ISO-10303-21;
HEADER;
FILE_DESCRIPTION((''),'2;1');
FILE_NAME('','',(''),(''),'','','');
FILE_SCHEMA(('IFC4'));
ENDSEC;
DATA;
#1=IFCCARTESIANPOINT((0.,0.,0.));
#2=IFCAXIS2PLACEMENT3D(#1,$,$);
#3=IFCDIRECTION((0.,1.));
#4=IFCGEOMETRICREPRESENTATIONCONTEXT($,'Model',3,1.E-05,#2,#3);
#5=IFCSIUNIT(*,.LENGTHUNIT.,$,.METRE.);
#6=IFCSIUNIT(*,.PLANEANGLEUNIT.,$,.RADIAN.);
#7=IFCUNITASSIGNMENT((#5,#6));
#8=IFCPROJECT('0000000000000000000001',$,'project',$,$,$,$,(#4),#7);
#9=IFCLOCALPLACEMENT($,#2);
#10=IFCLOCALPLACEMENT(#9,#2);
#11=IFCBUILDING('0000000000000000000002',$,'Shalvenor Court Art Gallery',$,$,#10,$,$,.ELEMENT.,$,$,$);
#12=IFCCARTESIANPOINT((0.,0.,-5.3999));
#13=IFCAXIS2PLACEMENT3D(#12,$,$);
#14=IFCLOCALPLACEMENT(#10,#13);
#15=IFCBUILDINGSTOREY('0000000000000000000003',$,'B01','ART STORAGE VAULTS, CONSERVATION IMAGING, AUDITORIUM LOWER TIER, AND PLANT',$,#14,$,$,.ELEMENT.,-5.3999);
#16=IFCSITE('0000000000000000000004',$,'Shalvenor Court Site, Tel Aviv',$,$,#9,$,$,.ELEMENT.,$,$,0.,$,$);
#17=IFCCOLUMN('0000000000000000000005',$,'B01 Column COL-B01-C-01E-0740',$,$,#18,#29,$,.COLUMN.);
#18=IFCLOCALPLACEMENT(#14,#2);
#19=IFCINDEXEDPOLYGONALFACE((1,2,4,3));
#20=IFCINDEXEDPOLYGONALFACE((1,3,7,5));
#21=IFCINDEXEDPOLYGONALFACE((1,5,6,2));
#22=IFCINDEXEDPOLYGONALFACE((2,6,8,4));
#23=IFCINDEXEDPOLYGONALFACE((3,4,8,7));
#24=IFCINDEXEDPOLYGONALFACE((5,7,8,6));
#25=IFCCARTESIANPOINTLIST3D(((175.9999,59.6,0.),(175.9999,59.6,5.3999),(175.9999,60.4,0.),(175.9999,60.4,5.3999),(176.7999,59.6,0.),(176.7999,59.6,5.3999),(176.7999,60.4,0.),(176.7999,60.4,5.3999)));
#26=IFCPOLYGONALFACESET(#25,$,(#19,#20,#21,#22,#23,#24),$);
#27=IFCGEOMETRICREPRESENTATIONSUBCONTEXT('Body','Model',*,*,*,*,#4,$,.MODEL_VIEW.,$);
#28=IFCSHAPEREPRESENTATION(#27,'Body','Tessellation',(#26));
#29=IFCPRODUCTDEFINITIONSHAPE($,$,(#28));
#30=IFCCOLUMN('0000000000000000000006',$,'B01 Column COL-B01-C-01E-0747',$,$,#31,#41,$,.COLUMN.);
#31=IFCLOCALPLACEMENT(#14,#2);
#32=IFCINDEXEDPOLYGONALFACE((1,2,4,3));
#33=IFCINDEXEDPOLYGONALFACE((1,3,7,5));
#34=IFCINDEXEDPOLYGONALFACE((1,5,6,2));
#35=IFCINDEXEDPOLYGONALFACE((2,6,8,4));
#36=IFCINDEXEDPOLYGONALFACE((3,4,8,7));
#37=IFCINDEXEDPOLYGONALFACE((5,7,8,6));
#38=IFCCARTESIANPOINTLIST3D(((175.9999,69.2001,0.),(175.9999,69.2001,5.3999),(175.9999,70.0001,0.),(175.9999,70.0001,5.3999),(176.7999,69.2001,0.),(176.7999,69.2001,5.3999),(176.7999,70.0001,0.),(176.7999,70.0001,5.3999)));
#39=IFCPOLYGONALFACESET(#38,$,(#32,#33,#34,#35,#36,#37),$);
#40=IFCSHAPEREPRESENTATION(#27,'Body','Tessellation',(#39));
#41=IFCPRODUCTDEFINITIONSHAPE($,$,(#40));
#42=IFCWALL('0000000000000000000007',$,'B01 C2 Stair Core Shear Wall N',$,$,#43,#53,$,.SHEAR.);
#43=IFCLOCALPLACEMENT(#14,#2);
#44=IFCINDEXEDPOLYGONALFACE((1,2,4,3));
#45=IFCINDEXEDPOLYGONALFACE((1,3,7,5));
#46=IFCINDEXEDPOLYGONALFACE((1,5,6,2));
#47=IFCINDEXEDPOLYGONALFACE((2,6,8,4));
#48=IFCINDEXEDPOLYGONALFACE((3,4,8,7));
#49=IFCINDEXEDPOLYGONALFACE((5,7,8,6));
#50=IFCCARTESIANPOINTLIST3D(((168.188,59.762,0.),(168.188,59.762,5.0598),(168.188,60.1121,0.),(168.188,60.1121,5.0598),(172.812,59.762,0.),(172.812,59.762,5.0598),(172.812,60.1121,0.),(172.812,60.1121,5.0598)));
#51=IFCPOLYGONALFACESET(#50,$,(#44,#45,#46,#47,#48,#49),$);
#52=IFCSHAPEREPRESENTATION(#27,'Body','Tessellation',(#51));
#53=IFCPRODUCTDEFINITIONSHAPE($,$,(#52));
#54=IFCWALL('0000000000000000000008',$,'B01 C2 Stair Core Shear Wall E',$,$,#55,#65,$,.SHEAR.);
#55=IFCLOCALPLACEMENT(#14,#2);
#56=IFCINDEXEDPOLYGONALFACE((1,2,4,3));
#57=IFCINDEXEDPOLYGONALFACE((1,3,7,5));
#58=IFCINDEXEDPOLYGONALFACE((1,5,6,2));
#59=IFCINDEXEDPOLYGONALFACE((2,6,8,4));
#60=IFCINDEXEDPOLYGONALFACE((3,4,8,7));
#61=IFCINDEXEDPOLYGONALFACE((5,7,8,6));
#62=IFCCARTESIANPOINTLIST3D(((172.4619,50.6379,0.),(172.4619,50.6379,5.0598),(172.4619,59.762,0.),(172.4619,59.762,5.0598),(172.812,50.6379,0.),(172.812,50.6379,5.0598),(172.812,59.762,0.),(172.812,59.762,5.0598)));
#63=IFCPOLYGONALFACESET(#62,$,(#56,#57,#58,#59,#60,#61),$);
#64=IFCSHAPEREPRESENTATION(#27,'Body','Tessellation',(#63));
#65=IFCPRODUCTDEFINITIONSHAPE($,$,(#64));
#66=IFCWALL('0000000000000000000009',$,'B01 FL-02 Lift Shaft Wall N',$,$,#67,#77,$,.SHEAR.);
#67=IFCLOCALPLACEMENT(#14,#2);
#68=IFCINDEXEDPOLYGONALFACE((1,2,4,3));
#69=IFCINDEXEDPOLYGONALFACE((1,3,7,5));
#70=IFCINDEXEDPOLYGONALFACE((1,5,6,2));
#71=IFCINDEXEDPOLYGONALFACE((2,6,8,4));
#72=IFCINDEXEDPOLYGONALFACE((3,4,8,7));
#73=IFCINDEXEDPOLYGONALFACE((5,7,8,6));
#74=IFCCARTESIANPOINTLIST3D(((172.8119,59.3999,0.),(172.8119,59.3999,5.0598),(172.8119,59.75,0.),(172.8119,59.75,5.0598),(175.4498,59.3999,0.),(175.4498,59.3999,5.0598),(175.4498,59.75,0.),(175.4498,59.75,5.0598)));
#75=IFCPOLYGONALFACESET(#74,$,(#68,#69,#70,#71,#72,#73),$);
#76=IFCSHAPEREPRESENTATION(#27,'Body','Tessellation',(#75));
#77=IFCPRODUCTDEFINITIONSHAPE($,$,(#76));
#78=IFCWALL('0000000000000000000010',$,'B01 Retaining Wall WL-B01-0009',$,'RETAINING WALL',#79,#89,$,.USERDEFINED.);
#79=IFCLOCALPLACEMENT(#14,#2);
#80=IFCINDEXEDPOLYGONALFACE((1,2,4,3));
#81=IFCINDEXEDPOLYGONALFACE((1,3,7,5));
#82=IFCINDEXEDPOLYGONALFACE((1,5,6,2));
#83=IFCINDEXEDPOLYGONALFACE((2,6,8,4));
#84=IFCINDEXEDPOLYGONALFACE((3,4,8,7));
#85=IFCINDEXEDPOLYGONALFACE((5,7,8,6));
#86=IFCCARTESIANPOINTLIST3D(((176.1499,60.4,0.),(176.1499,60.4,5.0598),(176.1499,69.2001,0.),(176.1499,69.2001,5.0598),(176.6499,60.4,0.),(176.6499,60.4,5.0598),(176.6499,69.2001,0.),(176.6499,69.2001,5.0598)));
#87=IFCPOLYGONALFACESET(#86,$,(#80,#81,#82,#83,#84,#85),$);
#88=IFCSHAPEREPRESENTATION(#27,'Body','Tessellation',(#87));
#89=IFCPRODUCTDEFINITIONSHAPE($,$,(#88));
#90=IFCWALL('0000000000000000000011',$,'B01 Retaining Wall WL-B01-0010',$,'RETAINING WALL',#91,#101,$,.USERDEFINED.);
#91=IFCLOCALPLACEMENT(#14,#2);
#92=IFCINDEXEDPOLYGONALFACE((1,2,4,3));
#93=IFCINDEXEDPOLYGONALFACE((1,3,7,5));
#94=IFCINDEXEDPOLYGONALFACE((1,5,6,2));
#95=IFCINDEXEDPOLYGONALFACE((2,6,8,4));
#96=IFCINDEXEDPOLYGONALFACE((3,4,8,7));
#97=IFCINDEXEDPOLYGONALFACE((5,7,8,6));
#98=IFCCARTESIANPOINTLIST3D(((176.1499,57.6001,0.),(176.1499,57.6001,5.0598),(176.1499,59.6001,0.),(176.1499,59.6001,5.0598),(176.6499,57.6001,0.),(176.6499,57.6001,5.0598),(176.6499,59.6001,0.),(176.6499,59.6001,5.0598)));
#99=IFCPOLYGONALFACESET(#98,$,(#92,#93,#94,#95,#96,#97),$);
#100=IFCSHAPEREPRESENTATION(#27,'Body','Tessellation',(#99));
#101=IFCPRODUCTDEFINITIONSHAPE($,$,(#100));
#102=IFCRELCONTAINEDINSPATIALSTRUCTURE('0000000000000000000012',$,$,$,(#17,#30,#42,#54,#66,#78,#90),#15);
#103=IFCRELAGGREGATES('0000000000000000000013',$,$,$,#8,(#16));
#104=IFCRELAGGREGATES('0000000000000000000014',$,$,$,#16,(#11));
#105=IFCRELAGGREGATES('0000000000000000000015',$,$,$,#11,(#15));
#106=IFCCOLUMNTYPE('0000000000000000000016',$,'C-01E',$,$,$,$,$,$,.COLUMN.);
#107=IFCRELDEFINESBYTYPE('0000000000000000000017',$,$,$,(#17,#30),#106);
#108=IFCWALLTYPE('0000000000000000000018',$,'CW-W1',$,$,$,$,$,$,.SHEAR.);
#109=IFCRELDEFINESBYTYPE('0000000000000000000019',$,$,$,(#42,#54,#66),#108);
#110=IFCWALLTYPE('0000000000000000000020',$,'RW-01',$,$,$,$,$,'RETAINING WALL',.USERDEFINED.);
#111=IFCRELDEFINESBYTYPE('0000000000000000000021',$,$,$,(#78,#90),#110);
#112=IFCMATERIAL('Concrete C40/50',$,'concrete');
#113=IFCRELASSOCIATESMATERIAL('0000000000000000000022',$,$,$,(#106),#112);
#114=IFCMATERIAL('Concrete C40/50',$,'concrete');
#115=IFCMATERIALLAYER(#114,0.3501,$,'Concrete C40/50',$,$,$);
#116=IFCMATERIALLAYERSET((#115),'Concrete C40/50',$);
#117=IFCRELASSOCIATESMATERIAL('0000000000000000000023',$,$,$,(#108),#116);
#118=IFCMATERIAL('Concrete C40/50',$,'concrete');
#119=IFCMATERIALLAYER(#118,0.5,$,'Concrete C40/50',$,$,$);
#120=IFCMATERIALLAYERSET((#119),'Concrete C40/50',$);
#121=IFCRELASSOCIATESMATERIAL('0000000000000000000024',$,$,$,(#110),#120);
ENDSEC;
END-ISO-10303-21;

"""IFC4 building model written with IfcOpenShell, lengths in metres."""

from ifc_helpers import new_model, si_unit, direction, frame, frame_2d, origin, origin_2d, place, context, subcontext, project, spatial, rectangle, extrude, material, layer, layer_set, material_profile, profile_set, type_object, element, save


model = new_model("IFC4")

# Units and contexts
model_context = context("Model", 3, precision=1e-05, world=origin(), true_north=direction((0.0, 1.0)))
body_context = subcontext(model_context, "Body", "Model", "MODEL_VIEW")
ifc_project = project(units=[si_unit("LENGTHUNIT", "METRE"), si_unit("PLANEANGLEUNIT", "RADIAN")], contexts=[model_context])

# Site, building, storey
site_placement = place(None, origin())
site = spatial("IfcSite", under=ifc_project, at=site_placement, Name="Shalvenor Court Site, Tel Aviv", CompositionType="ELEMENT", RefElevation=0.0)
building_placement = place(site_placement, origin())
building = spatial("IfcBuilding", under=site, at=building_placement, Name="Shalvenor Court Art Gallery", CompositionType="ELEMENT")
storey_placement = place(building_placement, frame((0.0, 0.0, -5.3999)))
storey = spatial("IfcBuildingStorey", under=building, at=storey_placement, Name="B01", Description="ART STORAGE VAULTS, CONSERVATION IMAGING, AUDITORIUM LOWER TIER, AND PLANT", CompositionType="ELEMENT", Elevation=-5.3999)

# Columns
ifc_material_1 = material(Name="Concrete C40/50", Category="concrete")
ifc_material_profile_1 = material_profile(ifc_material_1, rectangle(XDim=0.8, YDim=0.8, at=origin_2d()), Name="RC 800x800")
ifc_profile_set_1 = profile_set([ifc_material_profile_1], Name="Concrete C40/50")
column_type_1 = type_object("IfcColumnType", Name="C-01E", PredefinedType="COLUMN", material=ifc_profile_set_1)
for number, where, z_axis, x_axis, name in (
    (1, (176.3999, 60.0, 0.0), (0.0, 0.0, 1.0), (1.0, 0.0, 0.0), "B01 Column COL-B01-C-01E-0740"),
    (2, (176.3999, 69.6001, 0.0), (0.0, 0.0, 1.0), (1.0, 0.0, 0.0), "B01 Column COL-B01-C-01E-0747"),
):
    element("IfcColumn", number, at=place(storey_placement, frame(where, z_axis=z_axis, x_axis=x_axis)), inside=storey, type_object=column_type_1, Name=name, PredefinedType="COLUMN", context=body_context, shape_type="SweptSolid", body=[
        extrude(rectangle(XDim=0.8, YDim=0.8, at=origin_2d()), origin(), (0.0, 0.0, 1.0), 5.3999),
    ])

# Walls
ifc_material_2 = material(Name="Concrete C40/50", Category="concrete")
ifc_layer_1 = layer(ifc_material_2, 0.3501, Name="Concrete C40/50")
ifc_layer_set_1 = layer_set([ifc_layer_1], Name="Concrete C40/50")
wall_type_1 = type_object("IfcWallType", Name="CW-W1", PredefinedType="SHEAR", material=ifc_layer_set_1)
wall_1_placement = place(storey_placement, frame((168.188, 59.937, 0.0), z_axis=(0.0, 0.0, 1.0), x_axis=(1.0, 0.0, 0.0)))
element("IfcWall", 3, at=wall_1_placement, inside=storey, type_object=wall_type_1, Name="B01 C2 Stair Core Shear Wall N", PredefinedType="SHEAR", context=body_context, shape_type="SweptSolid", body=[
    extrude(rectangle(XDim=4.624, YDim=0.3501, at=frame_2d((2.312, 0.0))), origin(), (0.0, 0.0, 1.0), 5.0598),
])
wall_2_placement = place(storey_placement, frame((172.637, 59.762, 0.0), z_axis=(0.0, 0.0, 1.0), x_axis=(0.0, -1.0, 0.0)))
element("IfcWall", 4, at=wall_2_placement, inside=storey, type_object=wall_type_1, Name="B01 C2 Stair Core Shear Wall E", PredefinedType="SHEAR", context=body_context, shape_type="SweptSolid", body=[
    extrude(rectangle(XDim=9.124, YDim=0.3501, at=frame_2d((4.562, 0.0))), origin(), (0.0, 0.0, 1.0), 5.0598),
])
wall_3_placement = place(storey_placement, frame((172.812, 59.575, 0.0), z_axis=(0.0, 0.0, 1.0), x_axis=(1.0, 0.0, 0.0)))
element("IfcWall", 5, at=wall_3_placement, inside=storey, type_object=wall_type_1, Name="B01 FL-02 Lift Shaft Wall N", PredefinedType="SHEAR", context=body_context, shape_type="SweptSolid", body=[
    extrude(rectangle(XDim=2.6379, YDim=0.3501, at=frame_2d((1.3188, 0.0))), origin(), (0.0, 0.0, 1.0), 5.0598),
])
ifc_material_3 = material(Name="Concrete C40/50", Category="concrete")
ifc_layer_2 = layer(ifc_material_3, 0.5, Name="Concrete C40/50")
ifc_layer_set_2 = layer_set([ifc_layer_2], Name="Concrete C40/50")
wall_type_2 = type_object("IfcWallType", Name="RW-01", ElementType="RETAINING WALL", PredefinedType="USERDEFINED", material=ifc_layer_set_2)
wall_4_placement = place(storey_placement, frame((176.3999, 69.2, 0.0), z_axis=(0.0, 0.0, 1.0), x_axis=(0.0, -1.0, 0.0)))
element("IfcWall", 6, at=wall_4_placement, inside=storey, type_object=wall_type_2, Name="B01 Retaining Wall WL-B01-0009", ObjectType="RETAINING WALL", PredefinedType="USERDEFINED", context=body_context, shape_type="SweptSolid", body=[
    extrude(rectangle(XDim=8.8, YDim=0.5, at=frame_2d((4.3999, 0.0))), origin(), (0.0, 0.0, 1.0), 5.0598),
])
wall_5_placement = place(storey_placement, frame((176.3999, 59.6001, 0.0), z_axis=(0.0, 0.0, 1.0), x_axis=(0.0, -1.0, 0.0)))
element("IfcWall", 7, at=wall_5_placement, inside=storey, type_object=wall_type_2, Name="B01 Retaining Wall WL-B01-0010", ObjectType="RETAINING WALL", PredefinedType="USERDEFINED", context=body_context, shape_type="SweptSolid", body=[
    extrude(rectangle(XDim=2.0, YDim=0.5, at=frame_2d((1.0, 0.0))), origin(), (0.0, 0.0, 1.0), 5.0598),
])

save(model, "model.ifc")
